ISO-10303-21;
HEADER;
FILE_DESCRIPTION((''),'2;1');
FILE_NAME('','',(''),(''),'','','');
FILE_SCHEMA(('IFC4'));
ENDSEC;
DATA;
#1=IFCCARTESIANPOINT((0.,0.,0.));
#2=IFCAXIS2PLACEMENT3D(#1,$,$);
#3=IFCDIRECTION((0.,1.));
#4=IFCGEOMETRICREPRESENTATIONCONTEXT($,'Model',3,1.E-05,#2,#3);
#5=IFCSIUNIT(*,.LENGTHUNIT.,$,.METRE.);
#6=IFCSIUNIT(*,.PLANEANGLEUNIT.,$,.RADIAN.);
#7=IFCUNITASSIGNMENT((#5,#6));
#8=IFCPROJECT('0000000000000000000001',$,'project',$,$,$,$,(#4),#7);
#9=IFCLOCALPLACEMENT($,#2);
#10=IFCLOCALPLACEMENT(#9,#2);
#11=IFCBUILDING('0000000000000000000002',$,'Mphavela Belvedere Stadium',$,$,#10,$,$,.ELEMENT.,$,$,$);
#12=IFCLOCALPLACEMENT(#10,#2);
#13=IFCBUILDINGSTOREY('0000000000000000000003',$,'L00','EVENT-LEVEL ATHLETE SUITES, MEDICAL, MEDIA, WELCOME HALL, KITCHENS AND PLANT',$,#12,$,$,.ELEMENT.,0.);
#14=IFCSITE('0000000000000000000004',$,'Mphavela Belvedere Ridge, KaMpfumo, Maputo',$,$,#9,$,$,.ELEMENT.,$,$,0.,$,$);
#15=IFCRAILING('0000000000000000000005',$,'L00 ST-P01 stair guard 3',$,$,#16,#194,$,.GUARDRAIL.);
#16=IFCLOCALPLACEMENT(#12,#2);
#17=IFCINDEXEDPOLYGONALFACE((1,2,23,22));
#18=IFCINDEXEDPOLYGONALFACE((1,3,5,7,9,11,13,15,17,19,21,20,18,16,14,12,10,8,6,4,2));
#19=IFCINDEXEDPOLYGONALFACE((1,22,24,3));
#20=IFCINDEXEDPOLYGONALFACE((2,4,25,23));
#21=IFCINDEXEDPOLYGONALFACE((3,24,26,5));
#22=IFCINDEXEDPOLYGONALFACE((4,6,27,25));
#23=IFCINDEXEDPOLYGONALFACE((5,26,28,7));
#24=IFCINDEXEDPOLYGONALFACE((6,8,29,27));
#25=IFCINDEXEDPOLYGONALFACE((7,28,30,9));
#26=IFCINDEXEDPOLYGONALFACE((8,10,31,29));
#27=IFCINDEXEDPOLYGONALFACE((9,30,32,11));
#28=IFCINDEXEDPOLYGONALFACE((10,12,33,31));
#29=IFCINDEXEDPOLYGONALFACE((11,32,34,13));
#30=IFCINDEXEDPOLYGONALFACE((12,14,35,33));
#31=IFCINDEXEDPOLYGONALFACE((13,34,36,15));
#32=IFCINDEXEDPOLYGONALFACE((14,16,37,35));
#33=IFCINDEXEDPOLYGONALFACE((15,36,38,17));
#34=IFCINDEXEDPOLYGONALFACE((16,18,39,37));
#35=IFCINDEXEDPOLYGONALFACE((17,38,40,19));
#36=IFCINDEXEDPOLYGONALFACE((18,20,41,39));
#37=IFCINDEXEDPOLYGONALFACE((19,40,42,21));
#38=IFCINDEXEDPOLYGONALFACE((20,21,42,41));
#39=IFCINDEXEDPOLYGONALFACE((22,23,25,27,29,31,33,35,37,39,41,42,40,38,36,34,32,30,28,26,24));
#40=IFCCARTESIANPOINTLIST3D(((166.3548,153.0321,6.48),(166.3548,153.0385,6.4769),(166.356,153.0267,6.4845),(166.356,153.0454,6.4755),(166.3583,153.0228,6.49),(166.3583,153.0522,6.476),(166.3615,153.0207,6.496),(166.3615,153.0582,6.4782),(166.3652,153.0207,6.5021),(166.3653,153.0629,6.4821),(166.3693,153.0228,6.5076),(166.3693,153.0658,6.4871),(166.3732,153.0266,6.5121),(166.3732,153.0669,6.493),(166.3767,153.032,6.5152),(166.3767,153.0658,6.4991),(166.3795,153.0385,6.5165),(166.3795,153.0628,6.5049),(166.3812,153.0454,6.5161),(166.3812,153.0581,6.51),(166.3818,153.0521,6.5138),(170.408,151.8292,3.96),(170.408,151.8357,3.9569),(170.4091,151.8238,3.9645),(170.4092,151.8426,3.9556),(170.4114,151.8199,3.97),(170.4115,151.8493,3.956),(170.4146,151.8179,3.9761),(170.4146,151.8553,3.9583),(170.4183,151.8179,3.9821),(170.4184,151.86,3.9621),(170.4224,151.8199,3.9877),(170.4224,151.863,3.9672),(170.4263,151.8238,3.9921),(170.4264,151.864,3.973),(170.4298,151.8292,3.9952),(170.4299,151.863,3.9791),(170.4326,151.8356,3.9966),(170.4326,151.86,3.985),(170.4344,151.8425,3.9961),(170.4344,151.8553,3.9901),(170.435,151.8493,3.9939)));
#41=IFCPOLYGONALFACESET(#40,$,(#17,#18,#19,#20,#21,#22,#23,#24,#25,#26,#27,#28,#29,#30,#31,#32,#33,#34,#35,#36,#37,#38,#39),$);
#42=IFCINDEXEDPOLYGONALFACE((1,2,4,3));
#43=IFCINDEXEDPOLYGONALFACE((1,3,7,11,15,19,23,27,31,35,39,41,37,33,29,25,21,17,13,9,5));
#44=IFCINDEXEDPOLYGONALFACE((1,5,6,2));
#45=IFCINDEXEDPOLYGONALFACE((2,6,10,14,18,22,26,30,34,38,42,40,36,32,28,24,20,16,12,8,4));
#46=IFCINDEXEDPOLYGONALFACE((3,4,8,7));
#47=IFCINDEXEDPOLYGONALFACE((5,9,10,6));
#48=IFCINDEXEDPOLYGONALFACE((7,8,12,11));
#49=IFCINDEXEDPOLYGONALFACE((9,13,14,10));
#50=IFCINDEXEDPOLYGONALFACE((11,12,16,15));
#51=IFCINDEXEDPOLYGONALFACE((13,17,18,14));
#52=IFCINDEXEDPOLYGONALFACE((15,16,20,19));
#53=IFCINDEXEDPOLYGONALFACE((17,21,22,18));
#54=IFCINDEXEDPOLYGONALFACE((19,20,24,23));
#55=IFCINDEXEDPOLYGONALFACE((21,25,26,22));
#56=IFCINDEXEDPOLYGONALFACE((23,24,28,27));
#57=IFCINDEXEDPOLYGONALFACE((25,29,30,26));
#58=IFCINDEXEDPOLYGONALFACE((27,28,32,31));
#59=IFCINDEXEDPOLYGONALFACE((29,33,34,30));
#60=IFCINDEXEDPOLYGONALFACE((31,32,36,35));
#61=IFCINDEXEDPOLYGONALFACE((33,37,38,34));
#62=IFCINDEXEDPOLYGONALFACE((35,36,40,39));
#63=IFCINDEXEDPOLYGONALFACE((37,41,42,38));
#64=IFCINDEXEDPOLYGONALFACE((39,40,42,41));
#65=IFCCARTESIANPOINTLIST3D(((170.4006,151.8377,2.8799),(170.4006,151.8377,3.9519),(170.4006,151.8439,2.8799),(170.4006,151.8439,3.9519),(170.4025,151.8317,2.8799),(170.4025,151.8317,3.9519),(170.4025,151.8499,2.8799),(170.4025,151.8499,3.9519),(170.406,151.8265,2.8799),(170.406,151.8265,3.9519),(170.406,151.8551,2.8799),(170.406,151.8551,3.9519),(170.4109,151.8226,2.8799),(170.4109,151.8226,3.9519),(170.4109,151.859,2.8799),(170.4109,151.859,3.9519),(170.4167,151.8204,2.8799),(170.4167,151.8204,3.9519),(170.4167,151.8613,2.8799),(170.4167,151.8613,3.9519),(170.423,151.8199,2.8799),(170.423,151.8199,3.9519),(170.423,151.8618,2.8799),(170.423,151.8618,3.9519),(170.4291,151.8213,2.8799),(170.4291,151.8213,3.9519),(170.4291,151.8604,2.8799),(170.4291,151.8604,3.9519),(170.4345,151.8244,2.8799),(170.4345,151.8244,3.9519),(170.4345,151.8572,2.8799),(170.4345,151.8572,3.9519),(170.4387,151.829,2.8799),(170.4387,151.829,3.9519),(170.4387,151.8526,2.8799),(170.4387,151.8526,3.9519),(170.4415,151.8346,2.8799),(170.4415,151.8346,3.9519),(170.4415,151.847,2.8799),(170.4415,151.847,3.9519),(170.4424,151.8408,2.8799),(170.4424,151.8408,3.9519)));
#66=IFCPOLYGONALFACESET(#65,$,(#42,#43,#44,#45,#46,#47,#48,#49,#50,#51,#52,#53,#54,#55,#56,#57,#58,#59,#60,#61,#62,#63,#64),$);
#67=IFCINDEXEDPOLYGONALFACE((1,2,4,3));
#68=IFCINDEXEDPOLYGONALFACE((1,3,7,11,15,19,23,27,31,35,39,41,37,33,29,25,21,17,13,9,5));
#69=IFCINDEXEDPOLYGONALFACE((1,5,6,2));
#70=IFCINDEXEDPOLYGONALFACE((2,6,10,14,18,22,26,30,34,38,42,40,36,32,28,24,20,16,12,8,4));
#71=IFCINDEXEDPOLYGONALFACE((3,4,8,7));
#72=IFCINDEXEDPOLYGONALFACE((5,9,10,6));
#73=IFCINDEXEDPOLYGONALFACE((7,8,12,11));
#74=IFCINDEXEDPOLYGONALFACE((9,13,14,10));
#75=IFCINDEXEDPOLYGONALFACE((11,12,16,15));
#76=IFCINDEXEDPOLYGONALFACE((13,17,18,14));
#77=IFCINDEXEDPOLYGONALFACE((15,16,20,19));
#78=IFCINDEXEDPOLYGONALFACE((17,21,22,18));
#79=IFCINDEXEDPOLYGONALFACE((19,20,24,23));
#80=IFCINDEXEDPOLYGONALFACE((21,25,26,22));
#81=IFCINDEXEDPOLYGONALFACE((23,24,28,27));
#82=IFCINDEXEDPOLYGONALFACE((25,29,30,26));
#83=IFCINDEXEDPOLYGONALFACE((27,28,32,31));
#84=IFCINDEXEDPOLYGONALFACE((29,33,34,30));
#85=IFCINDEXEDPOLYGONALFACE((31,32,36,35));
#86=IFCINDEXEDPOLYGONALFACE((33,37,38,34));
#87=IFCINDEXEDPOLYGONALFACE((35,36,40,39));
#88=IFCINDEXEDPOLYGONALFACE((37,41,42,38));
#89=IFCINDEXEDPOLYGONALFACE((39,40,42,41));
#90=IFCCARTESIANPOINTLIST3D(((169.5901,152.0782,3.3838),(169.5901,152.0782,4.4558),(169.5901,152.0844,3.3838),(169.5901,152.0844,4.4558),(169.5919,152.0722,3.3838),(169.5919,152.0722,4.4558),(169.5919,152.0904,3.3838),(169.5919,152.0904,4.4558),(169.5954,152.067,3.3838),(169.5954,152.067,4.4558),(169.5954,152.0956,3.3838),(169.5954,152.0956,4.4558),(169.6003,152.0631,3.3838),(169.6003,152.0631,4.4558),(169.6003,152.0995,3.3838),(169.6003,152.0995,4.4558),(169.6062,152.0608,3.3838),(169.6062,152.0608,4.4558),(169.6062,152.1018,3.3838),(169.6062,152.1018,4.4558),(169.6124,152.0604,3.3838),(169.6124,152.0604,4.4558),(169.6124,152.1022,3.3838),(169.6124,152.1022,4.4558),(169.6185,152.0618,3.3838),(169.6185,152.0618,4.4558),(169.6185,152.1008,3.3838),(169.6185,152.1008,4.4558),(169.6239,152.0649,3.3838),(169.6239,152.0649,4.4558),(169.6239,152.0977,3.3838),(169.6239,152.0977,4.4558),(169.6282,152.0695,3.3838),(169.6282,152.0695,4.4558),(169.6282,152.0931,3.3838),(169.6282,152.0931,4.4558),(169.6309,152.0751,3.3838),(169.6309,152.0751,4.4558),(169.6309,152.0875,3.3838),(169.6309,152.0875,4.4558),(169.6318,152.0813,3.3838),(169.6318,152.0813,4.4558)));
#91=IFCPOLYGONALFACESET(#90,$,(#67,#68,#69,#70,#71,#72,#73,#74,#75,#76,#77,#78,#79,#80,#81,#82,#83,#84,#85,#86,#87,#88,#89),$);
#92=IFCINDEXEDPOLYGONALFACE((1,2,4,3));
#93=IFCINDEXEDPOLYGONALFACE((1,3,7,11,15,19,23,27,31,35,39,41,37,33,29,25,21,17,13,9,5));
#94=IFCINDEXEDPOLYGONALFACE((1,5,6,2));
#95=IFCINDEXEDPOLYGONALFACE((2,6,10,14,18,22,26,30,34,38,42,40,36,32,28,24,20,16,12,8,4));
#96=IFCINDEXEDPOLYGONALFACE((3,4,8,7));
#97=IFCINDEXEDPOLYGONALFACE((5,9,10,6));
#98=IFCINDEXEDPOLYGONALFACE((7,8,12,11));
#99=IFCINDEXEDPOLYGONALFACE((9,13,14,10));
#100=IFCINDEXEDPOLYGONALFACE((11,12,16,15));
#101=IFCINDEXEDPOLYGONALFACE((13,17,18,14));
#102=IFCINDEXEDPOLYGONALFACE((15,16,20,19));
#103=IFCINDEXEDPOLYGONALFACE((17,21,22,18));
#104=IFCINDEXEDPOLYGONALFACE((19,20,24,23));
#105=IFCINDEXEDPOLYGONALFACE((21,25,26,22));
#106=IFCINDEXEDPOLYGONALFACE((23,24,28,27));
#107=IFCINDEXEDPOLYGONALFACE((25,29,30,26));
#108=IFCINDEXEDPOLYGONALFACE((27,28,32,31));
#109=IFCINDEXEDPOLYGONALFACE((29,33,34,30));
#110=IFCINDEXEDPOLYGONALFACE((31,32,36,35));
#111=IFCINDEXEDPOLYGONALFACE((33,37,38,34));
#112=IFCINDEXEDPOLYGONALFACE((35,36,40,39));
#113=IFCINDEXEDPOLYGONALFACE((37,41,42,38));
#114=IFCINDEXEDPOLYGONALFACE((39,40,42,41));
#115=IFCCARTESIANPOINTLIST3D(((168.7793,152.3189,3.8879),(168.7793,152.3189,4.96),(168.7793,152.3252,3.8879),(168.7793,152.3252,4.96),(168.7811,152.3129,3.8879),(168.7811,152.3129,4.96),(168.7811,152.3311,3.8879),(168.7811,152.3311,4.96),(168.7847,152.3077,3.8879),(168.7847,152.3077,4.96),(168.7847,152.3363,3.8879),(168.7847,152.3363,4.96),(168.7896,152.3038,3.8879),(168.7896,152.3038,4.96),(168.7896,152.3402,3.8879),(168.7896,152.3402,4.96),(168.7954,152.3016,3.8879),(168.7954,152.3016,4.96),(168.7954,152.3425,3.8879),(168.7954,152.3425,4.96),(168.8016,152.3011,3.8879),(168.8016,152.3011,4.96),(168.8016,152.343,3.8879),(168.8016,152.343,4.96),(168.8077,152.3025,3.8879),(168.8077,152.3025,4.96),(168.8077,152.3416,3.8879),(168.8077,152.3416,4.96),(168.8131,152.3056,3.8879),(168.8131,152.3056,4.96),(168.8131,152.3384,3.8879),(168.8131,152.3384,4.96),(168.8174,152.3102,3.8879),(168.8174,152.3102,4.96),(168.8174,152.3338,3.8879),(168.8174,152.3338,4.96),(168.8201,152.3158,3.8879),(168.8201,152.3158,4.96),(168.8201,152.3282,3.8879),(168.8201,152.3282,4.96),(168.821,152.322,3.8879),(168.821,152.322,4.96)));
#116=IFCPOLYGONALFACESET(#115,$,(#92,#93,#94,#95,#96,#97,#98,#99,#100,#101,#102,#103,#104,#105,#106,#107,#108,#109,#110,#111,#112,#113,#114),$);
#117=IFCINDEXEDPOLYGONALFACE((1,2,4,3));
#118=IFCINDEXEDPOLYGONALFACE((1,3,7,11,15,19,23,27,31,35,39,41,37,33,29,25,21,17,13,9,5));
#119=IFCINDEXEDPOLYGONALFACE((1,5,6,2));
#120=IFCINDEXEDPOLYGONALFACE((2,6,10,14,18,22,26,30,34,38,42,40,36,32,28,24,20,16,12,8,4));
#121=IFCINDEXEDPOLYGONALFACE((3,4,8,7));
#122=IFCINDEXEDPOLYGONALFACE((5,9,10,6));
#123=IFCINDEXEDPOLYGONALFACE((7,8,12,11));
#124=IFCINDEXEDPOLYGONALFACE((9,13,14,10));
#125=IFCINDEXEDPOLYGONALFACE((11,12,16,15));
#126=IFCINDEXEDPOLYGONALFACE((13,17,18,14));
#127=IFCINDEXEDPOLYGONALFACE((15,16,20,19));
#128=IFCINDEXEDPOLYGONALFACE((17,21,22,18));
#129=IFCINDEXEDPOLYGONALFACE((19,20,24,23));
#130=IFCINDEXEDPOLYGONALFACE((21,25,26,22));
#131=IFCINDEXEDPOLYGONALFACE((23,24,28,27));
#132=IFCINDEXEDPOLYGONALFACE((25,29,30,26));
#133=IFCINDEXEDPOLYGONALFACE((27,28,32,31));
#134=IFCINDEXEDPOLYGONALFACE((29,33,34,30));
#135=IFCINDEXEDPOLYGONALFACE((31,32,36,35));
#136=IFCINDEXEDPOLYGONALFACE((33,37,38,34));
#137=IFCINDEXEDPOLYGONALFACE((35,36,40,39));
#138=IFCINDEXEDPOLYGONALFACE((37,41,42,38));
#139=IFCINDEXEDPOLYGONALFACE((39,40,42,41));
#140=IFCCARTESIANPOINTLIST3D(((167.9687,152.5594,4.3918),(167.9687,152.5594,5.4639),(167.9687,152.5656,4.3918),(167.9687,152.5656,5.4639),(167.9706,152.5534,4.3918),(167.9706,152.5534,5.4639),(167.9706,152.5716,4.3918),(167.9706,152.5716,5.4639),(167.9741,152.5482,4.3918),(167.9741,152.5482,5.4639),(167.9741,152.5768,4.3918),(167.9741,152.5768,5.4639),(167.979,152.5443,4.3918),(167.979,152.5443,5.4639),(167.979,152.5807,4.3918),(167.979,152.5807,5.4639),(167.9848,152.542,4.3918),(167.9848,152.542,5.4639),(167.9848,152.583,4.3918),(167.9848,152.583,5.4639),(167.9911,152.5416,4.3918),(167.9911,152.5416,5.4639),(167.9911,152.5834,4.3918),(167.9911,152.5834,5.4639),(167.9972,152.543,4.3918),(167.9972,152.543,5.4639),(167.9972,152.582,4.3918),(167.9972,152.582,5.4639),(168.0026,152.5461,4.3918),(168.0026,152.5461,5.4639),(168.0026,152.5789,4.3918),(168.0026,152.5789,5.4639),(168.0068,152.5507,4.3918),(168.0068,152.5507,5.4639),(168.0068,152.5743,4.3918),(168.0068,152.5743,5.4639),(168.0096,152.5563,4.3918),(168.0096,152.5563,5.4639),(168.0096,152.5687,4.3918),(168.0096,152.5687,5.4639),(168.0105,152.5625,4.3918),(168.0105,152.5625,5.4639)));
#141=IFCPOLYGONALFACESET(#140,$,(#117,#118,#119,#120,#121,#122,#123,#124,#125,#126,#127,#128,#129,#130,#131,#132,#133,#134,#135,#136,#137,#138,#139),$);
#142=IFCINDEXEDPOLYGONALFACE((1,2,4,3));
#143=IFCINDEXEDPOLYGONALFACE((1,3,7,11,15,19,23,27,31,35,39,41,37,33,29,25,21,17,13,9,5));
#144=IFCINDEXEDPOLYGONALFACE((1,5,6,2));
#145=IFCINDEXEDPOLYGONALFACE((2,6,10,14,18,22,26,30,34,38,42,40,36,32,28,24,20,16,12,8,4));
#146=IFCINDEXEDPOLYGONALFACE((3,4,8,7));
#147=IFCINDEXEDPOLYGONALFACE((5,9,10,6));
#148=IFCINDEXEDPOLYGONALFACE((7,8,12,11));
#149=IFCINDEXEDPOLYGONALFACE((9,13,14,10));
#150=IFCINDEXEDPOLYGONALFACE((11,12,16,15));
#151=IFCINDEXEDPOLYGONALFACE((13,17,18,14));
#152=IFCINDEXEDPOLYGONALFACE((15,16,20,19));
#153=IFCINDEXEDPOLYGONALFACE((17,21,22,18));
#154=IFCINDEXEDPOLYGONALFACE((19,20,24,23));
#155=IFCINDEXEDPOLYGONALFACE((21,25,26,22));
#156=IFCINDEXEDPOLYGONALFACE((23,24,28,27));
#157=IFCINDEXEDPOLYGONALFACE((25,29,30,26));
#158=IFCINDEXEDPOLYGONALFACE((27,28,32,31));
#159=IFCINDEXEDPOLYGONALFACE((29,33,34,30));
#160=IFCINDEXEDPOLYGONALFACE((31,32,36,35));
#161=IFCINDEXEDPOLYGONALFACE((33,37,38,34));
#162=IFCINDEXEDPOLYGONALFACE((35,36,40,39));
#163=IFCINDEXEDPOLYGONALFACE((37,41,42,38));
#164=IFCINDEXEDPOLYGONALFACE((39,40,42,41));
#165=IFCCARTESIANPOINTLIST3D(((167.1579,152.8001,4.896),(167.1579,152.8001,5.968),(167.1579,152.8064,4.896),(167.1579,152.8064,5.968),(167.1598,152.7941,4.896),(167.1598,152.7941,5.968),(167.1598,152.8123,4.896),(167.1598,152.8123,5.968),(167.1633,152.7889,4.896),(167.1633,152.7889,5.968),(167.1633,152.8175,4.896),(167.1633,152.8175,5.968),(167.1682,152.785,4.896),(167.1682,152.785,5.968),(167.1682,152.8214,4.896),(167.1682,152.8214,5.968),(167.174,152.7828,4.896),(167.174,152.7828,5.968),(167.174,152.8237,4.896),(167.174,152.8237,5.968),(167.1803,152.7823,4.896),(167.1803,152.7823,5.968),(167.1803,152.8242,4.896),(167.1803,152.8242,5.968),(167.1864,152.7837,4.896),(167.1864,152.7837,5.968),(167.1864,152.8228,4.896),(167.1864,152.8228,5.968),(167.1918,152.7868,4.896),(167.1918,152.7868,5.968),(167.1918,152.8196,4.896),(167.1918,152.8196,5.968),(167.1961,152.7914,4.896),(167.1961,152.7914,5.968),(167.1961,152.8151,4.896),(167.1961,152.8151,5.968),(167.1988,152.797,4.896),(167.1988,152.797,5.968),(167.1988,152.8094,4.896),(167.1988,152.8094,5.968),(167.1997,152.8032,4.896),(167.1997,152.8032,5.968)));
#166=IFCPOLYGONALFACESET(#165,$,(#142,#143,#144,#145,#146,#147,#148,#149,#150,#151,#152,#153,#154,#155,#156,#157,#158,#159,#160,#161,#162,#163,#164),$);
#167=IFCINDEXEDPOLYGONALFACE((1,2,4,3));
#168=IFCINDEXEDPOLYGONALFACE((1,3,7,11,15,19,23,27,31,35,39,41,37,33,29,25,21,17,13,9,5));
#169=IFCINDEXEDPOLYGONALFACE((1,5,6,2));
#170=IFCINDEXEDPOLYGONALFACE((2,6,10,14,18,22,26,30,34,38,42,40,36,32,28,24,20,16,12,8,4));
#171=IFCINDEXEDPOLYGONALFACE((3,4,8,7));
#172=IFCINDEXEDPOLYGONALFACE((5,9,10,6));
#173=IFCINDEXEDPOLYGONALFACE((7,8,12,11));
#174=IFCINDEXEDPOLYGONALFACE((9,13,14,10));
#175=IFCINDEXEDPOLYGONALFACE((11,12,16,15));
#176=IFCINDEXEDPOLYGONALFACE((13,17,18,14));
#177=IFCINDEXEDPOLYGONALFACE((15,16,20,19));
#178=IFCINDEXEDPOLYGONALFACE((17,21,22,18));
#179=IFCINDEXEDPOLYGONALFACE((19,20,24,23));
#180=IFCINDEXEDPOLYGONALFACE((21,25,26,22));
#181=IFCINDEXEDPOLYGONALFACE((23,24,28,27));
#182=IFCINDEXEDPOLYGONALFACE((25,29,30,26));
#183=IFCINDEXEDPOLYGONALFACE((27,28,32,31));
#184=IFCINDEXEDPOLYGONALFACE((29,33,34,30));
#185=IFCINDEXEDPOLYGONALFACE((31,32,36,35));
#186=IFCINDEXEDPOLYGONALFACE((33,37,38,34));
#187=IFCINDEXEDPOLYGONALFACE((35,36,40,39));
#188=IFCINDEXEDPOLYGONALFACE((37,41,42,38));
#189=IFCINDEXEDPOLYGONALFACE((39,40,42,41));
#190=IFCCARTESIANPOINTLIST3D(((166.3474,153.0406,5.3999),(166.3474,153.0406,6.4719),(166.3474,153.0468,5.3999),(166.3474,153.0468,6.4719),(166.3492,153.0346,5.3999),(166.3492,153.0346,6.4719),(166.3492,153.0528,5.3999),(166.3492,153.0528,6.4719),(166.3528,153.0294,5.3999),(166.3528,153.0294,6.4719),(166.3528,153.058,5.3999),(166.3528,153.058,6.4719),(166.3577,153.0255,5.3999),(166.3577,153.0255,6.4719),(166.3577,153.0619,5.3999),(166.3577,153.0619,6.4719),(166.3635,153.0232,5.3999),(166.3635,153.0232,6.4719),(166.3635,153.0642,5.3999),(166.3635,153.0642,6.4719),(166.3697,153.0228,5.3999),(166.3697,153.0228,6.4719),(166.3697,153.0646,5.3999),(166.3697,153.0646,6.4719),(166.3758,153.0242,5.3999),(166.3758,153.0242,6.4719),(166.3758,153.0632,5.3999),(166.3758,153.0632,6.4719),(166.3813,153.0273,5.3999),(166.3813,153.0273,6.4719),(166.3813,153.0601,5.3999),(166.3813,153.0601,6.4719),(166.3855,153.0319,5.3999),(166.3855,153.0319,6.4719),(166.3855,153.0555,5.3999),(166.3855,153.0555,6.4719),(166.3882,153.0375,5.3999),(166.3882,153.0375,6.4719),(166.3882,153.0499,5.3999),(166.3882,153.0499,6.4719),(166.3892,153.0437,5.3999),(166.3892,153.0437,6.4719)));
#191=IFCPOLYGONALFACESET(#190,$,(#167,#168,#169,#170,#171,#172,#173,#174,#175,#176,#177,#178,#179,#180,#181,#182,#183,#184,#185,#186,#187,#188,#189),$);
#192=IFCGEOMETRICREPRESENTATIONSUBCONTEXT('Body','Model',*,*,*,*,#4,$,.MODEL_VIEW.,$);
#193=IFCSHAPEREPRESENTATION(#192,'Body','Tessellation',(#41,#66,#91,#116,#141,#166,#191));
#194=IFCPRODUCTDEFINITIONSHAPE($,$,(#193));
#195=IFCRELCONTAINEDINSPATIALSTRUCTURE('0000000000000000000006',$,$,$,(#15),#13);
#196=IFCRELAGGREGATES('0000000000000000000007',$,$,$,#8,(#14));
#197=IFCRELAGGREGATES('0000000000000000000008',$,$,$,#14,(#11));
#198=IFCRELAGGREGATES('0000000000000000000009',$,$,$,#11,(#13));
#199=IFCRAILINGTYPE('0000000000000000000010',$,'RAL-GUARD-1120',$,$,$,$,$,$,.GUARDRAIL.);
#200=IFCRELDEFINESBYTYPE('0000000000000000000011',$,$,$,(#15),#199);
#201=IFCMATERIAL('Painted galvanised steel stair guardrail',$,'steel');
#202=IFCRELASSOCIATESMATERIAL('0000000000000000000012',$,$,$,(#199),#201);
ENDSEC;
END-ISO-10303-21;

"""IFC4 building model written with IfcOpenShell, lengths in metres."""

from ifc_helpers import new_model, si_unit, direction, frame, origin, origin_2d, place, context, subcontext, project, spatial, circle, extrude, material, type_object, element, save


model = new_model("IFC4")

# Units and contexts
model_context = context("Model", 3, precision=1e-05, world=origin(), true_north=direction((0.0, 1.0)))
body_context = subcontext(model_context, "Body", "Model", "MODEL_VIEW")
ifc_project = project(units=[si_unit("LENGTHUNIT", "METRE"), si_unit("PLANEANGLEUNIT", "RADIAN")], contexts=[model_context])

# Site, building, storey
site_placement = place(None, origin())
site = spatial("IfcSite", under=ifc_project, at=site_placement, Name="Mphavela Belvedere Ridge, KaMpfumo, Maputo", CompositionType="ELEMENT", RefElevation=0.0)
building_placement = place(site_placement, origin())
building = spatial("IfcBuilding", under=site, at=building_placement, Name="Mphavela Belvedere Stadium", CompositionType="ELEMENT")
storey_placement = place(building_placement, origin())
storey = spatial("IfcBuildingStorey", under=building, at=storey_placement, Name="L00", Description="EVENT-LEVEL ATHLETE SUITES, MEDICAL, MEDIA, WELCOME HALL, KITCHENS AND PLANT", CompositionType="ELEMENT", Elevation=0.0)

# Railing
ifc_material_1 = material(Name="Painted galvanised steel stair guardrail", Category="steel")
railing_type_1 = type_object("IfcRailingType", Name="RAL-GUARD-1120", PredefinedType="GUARDRAIL", material=ifc_material_1)
railing_1_placement = place(storey_placement, frame((170.4214, 151.8408, 2.8799)))
element("IfcRailing", 1, at=railing_1_placement, inside=storey, type_object=railing_type_1, Name="L00 ST-P01 stair guard 3", PredefinedType="GUARDRAIL", context=body_context, shape_type="SweptSolid", body=[
    extrude(circle(Radius=0.0239, at=origin_2d()), frame((0.0, 0.0, 1.0962), z_axis=(-0.823492, 0.244389, 0.511991), x_axis=(-0.284507, -0.958674, 0.0)), (0.0, 0.0, 1.0), 4.9219),
    extrude(circle(Radius=0.021, at=origin_2d()), origin(), (0.0, 0.0, 1.0), 1.072),
    extrude(circle(Radius=0.021, at=origin_2d()), frame((-0.8105, 0.2405, 0.5039)), (0.0, 0.0, 1.0), 1.072),
    extrude(circle(Radius=0.021, at=origin_2d()), frame((-1.6213, 0.4812, 1.0081)), (0.0, 0.0, 1.0), 1.072),
    extrude(circle(Radius=0.021, at=origin_2d()), frame((-2.4319, 0.7217, 1.512)), (0.0, 0.0, 1.0), 1.072),
    extrude(circle(Radius=0.021, at=origin_2d()), frame((-3.2427, 0.9624, 2.0161)), (0.0, 0.0, 1.0), 1.072),
    extrude(circle(Radius=0.021, at=origin_2d()), frame((-4.0532, 1.2029, 2.52)), (0.0, 0.0, 1.0), 1.072),
])

save(model, "model.ifc")
